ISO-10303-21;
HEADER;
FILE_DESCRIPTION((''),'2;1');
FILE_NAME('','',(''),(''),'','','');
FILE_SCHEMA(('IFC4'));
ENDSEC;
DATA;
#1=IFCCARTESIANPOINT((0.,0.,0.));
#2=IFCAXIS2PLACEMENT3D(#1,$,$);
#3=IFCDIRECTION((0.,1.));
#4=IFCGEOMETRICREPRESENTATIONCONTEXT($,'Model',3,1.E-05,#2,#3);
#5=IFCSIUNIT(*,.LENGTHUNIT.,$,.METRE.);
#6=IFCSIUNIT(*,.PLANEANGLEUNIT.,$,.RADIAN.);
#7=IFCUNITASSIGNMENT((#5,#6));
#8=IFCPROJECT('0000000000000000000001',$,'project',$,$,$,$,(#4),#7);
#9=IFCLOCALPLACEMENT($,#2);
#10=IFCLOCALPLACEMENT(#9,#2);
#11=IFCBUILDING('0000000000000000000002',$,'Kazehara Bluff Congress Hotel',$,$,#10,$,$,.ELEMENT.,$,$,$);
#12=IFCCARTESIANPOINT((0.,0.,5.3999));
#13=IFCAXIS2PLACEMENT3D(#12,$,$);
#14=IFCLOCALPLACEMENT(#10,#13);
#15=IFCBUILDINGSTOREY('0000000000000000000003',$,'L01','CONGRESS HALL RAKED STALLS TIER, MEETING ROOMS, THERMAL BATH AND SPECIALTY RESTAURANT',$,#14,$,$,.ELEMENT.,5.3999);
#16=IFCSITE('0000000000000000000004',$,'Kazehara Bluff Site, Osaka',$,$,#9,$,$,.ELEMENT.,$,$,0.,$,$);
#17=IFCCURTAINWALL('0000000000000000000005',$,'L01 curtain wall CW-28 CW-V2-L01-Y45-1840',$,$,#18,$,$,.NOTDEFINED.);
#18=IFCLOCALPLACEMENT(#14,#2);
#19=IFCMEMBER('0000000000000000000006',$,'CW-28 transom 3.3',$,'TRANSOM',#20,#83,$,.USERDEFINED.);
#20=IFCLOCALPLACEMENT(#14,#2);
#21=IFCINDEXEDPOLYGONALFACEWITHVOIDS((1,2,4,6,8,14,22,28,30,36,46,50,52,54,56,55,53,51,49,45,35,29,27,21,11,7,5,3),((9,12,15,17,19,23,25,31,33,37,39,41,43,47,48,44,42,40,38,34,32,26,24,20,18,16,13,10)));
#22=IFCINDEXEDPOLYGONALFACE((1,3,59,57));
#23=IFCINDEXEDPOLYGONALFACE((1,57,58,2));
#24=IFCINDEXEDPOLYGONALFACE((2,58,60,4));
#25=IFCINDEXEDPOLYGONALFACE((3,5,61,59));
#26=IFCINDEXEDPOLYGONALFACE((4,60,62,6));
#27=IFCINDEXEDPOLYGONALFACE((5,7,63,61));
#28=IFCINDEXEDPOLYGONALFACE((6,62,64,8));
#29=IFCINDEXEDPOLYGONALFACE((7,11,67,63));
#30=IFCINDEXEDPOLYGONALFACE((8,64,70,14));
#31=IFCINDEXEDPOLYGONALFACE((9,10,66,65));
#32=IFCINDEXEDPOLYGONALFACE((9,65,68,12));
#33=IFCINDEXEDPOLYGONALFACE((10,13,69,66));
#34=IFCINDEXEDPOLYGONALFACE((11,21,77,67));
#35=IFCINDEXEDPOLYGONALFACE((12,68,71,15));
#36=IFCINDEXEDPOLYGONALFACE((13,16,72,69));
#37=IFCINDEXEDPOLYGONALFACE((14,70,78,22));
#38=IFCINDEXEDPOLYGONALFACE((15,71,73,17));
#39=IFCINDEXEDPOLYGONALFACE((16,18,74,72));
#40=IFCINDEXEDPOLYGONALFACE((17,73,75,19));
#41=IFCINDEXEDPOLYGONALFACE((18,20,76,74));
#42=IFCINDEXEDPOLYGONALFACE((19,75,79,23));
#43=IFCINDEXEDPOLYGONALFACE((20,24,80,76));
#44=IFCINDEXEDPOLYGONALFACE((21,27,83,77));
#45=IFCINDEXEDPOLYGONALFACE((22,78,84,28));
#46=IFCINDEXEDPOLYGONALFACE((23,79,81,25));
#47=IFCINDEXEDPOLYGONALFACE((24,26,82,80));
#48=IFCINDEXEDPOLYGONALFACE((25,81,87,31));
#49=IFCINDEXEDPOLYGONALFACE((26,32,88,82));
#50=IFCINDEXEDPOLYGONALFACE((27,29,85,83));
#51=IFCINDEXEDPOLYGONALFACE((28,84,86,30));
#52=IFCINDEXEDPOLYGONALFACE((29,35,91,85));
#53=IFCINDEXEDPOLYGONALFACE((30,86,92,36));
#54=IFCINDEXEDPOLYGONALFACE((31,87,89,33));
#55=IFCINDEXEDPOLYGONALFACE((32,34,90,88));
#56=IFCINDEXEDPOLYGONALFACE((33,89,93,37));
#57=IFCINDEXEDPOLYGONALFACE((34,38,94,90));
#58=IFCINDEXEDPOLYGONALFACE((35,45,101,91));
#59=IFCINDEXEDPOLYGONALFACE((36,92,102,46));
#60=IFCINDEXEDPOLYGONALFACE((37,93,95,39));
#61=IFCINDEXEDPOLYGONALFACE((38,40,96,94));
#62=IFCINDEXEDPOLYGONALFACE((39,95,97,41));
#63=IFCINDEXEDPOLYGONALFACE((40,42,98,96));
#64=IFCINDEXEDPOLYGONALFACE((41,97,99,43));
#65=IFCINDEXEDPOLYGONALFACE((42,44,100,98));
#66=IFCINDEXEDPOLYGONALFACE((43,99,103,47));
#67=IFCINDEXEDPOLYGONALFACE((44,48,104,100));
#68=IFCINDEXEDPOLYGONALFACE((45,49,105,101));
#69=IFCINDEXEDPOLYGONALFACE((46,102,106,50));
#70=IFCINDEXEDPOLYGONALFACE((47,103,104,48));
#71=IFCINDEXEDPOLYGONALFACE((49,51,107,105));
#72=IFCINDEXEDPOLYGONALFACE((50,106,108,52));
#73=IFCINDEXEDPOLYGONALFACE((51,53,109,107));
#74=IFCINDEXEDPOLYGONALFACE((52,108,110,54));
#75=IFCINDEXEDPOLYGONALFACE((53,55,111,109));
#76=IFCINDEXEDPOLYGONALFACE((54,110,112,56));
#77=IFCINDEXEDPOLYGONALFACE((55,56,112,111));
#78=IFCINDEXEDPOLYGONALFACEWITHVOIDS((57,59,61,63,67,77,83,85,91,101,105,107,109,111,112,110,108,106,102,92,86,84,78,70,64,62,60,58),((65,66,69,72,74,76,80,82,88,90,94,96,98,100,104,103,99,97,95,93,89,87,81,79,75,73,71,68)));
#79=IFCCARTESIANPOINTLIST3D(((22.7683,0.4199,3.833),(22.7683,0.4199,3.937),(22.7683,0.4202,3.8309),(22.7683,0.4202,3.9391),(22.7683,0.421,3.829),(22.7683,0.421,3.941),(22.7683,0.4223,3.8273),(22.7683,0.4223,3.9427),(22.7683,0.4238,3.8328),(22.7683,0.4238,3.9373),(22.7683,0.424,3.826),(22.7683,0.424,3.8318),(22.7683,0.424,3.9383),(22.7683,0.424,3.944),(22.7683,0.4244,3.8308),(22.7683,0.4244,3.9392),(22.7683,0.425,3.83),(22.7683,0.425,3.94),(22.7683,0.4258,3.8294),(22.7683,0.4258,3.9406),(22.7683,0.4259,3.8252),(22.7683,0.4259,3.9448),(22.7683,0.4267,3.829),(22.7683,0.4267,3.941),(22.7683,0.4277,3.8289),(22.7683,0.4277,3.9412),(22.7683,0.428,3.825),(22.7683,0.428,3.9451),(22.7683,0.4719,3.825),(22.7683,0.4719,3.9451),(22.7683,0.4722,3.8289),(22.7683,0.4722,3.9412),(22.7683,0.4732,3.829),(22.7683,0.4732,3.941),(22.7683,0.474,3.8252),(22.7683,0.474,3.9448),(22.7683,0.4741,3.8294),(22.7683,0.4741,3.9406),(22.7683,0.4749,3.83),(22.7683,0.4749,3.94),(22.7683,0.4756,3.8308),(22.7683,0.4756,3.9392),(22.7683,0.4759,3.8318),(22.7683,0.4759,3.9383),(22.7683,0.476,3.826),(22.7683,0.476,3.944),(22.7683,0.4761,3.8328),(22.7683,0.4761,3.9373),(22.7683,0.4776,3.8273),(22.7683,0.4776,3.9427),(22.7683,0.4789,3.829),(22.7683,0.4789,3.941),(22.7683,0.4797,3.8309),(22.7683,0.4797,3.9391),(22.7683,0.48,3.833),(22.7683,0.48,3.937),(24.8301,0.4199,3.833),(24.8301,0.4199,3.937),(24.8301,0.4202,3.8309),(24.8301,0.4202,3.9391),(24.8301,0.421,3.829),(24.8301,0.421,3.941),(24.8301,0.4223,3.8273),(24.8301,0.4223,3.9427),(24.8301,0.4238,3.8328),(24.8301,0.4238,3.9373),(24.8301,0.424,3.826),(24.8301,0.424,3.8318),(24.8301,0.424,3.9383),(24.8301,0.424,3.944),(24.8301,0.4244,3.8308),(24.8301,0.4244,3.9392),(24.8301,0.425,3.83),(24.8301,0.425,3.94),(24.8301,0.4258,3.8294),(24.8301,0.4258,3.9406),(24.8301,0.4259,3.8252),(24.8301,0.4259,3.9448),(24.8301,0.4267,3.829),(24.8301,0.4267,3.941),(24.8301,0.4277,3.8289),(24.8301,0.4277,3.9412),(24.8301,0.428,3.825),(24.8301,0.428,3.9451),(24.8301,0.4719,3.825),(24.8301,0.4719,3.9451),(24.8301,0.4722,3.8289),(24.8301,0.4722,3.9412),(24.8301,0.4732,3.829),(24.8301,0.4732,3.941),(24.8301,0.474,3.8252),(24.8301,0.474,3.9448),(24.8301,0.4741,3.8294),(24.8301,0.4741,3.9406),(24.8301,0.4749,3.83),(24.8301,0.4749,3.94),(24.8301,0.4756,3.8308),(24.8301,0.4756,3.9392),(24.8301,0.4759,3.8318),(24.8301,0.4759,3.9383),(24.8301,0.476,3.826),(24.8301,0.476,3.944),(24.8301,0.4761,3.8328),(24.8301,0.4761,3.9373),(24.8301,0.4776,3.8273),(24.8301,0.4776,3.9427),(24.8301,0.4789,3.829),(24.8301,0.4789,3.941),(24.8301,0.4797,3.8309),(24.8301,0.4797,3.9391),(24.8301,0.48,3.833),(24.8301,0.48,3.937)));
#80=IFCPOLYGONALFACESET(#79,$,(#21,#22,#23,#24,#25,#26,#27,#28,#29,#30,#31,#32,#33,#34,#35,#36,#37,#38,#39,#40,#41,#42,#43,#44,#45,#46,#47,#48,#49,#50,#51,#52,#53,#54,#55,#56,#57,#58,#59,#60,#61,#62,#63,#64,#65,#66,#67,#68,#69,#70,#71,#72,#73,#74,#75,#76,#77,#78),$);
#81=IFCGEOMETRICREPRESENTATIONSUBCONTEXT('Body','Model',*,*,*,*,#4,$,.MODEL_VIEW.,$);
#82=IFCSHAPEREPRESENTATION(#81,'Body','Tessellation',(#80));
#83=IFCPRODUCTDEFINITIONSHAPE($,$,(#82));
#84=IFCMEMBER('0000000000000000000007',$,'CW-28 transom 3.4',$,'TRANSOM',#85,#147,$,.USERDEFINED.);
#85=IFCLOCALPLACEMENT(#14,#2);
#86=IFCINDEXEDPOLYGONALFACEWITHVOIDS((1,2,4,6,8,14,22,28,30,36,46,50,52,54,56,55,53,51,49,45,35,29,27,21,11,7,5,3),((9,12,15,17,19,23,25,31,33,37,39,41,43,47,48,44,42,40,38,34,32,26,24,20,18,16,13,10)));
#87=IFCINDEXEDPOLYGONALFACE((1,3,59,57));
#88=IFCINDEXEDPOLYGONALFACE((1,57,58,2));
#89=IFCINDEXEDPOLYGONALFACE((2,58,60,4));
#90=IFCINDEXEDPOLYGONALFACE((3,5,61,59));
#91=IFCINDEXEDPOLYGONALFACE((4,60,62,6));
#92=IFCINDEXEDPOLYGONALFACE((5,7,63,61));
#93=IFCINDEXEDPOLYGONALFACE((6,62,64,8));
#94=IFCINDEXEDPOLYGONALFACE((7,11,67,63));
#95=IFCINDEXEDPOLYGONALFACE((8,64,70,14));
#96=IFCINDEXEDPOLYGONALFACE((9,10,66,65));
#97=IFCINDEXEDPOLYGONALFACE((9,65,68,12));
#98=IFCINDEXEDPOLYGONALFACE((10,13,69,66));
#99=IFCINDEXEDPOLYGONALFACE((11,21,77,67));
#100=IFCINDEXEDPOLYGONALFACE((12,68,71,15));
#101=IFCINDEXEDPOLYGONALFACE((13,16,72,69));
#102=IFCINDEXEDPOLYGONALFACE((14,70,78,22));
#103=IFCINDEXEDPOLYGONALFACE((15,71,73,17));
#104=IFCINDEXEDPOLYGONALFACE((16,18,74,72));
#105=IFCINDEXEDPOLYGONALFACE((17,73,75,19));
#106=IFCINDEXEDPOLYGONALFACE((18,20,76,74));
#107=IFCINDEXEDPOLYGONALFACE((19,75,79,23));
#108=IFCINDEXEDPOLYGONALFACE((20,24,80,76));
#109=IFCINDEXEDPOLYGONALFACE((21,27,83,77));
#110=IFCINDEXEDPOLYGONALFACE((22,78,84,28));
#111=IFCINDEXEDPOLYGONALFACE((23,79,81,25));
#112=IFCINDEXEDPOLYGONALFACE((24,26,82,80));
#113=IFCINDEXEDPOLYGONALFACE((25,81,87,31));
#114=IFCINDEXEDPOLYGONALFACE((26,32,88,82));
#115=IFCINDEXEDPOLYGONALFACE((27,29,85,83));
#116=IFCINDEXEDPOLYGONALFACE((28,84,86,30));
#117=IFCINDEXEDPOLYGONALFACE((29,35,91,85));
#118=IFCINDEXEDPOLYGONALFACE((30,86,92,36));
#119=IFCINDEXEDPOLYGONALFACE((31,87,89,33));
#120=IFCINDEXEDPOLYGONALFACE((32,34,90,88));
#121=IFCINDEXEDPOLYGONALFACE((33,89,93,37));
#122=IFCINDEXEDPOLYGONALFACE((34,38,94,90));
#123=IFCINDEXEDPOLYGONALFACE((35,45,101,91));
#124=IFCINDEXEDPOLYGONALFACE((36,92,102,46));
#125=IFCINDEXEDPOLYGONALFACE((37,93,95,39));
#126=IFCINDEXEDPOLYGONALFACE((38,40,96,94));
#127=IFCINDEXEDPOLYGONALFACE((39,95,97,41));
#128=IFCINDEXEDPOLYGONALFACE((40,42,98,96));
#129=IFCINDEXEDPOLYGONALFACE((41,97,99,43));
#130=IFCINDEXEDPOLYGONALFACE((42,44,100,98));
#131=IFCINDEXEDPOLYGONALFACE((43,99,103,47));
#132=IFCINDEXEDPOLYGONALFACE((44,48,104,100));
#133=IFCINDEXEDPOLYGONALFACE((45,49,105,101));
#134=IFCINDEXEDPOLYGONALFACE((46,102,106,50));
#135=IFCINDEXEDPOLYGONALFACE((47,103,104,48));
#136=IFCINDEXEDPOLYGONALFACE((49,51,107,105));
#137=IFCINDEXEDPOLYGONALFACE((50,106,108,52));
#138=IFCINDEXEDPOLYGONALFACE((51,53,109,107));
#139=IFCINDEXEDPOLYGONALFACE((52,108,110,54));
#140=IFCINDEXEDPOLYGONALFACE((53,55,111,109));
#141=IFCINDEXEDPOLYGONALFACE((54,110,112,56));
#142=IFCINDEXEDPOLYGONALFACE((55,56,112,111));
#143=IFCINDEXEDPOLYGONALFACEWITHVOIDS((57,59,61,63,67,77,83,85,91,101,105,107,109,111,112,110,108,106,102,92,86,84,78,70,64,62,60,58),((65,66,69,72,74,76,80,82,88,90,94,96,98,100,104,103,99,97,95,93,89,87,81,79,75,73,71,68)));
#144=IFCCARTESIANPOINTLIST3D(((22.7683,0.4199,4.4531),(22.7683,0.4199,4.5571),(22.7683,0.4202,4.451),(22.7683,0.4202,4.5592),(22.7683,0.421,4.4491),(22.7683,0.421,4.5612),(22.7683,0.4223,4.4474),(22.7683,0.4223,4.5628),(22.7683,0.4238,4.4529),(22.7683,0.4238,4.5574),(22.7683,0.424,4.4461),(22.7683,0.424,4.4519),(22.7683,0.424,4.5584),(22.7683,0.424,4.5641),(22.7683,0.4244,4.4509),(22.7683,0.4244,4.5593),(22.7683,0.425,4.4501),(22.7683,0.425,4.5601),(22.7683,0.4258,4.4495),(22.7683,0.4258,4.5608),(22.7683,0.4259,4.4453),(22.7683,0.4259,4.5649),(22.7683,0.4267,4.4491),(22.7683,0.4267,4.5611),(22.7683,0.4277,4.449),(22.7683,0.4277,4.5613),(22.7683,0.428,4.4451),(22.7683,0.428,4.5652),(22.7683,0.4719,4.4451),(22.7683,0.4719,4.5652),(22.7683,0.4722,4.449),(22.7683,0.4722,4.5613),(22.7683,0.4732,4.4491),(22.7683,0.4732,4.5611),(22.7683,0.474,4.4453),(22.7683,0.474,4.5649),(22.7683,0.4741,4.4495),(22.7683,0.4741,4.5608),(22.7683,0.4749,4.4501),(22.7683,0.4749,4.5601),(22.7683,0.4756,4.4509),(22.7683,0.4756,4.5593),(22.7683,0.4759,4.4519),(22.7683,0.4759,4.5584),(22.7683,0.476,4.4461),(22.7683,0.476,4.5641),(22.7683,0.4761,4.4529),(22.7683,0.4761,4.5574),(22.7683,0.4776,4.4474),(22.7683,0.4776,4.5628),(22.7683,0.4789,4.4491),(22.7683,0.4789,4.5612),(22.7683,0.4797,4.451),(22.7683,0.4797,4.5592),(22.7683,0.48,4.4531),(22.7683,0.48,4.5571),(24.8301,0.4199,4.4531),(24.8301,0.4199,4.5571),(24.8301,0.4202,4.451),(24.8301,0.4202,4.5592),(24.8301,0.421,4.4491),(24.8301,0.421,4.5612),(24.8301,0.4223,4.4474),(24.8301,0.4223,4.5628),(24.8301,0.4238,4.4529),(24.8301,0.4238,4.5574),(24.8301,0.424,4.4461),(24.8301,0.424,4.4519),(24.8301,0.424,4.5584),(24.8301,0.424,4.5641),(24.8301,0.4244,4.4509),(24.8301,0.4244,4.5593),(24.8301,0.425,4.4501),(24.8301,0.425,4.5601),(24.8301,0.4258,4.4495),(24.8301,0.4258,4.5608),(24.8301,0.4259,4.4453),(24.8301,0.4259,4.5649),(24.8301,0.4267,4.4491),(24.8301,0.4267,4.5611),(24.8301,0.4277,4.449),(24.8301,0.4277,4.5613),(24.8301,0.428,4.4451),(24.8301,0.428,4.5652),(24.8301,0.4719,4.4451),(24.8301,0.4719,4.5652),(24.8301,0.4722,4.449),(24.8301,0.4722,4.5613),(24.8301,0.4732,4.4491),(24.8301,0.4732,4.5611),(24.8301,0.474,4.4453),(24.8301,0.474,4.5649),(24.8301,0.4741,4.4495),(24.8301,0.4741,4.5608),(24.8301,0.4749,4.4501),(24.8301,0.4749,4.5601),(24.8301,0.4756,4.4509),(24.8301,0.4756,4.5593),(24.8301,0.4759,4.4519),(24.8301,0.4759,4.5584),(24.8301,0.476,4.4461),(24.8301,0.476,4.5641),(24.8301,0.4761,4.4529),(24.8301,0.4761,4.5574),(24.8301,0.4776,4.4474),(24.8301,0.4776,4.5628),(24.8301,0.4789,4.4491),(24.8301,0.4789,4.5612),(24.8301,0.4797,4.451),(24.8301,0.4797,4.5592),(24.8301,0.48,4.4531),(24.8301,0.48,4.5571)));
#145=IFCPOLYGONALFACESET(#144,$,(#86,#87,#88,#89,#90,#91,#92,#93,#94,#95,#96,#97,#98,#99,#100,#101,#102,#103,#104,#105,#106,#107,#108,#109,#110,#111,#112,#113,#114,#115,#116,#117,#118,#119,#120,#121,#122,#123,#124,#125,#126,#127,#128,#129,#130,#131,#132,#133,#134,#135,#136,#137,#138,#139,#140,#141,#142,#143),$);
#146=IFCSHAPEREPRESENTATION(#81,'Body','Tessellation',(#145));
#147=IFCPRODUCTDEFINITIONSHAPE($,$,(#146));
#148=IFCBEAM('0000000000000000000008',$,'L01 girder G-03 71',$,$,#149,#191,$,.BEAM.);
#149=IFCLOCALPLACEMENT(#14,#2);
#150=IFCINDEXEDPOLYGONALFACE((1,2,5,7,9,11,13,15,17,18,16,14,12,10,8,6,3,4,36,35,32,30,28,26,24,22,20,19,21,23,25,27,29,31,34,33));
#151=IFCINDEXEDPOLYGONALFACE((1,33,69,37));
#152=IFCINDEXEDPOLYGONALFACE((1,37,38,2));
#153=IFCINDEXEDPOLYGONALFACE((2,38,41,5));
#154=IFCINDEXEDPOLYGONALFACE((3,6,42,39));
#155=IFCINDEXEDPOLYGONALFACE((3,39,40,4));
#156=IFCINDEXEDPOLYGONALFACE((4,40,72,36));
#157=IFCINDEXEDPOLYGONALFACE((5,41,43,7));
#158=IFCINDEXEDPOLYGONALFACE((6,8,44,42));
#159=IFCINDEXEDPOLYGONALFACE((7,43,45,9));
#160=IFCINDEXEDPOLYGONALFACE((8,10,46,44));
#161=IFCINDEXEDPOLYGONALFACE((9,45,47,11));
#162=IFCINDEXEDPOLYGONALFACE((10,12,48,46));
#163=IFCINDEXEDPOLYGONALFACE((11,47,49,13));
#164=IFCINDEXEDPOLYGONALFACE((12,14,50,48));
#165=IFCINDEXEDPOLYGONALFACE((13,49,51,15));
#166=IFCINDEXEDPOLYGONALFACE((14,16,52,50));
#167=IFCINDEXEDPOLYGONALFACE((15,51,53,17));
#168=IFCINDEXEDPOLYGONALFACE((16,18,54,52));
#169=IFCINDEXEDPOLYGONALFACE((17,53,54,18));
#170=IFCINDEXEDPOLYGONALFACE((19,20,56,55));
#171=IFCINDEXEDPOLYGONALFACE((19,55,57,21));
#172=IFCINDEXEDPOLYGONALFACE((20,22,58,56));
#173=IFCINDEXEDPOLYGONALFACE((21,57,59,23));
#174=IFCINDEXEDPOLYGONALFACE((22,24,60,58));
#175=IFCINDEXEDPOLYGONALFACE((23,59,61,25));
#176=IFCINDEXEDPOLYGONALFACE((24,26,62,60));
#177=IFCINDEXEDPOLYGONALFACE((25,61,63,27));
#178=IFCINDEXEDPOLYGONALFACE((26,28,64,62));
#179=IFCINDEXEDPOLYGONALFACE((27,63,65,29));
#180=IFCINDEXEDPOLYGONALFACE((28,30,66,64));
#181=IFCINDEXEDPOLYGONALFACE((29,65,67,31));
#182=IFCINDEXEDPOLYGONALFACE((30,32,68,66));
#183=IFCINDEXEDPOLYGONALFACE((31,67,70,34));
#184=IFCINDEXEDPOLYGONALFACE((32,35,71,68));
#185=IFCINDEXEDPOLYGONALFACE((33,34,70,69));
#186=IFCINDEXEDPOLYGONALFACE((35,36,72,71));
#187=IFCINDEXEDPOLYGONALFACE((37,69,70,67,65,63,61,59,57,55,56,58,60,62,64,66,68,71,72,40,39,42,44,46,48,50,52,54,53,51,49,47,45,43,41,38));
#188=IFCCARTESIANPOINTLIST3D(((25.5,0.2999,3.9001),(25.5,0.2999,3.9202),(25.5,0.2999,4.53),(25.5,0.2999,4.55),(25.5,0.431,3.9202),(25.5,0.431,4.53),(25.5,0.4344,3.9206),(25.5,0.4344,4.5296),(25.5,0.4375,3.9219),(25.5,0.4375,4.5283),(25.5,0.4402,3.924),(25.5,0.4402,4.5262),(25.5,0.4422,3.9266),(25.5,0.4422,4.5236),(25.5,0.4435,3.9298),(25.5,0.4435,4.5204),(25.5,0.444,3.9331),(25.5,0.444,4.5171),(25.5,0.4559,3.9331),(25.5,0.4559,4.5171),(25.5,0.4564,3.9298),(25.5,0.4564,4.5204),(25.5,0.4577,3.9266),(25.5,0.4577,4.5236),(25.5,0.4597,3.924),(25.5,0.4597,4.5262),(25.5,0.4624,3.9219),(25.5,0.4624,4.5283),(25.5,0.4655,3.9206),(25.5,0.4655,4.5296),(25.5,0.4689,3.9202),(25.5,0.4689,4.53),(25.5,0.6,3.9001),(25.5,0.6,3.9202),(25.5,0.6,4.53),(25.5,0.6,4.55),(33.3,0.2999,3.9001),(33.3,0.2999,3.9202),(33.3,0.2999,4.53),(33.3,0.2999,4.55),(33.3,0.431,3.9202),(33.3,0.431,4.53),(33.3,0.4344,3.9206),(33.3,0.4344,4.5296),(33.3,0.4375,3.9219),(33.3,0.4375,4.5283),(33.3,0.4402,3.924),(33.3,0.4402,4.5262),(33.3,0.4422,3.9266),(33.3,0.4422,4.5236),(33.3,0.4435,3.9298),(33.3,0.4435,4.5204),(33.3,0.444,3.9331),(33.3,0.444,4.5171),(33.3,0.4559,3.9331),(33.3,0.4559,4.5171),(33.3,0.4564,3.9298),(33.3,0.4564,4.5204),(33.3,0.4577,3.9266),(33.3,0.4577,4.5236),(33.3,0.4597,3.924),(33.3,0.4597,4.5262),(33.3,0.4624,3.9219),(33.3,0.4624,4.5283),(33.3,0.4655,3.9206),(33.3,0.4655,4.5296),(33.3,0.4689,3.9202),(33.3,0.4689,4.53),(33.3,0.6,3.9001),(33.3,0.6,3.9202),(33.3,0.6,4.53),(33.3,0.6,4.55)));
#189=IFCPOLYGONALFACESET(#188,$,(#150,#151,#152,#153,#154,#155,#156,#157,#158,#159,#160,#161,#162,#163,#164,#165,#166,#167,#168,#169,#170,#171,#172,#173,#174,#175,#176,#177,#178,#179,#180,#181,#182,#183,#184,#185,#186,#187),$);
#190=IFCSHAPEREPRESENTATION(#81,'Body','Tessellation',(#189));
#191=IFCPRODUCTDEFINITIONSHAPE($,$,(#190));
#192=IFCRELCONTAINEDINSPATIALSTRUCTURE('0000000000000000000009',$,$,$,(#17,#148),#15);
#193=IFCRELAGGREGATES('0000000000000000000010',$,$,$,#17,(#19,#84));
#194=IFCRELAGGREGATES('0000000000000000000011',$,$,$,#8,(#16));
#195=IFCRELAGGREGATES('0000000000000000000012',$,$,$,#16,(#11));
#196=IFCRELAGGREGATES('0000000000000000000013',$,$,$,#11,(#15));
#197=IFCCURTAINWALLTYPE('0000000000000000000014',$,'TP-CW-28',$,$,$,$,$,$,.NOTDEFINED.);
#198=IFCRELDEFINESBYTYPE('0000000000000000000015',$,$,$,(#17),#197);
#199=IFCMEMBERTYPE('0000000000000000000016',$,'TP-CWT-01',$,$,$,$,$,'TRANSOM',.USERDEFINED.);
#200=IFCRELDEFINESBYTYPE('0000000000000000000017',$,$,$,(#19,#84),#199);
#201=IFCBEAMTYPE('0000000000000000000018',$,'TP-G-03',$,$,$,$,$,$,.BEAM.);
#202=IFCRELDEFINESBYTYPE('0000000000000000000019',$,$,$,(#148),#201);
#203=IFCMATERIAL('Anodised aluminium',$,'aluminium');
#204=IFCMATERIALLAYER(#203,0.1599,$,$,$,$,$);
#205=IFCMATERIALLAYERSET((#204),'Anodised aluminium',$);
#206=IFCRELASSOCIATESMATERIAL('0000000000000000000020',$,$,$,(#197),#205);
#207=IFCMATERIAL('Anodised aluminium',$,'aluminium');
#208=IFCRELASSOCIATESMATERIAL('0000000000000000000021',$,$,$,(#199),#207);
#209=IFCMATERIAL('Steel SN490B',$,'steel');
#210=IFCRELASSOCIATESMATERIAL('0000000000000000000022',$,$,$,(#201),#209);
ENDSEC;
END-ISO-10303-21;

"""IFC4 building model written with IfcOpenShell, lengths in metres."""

from ifc_helpers import new_model, si_unit, direction, frame, origin, origin_2d, place, context, subcontext, project, spatial, hollow_rectangle, i_section, extrude, material, layer, layer_set, material_profile, profile_set, type_object, element, aggregate, save


model = new_model("IFC4")

# Units and contexts
model_context = context("Model", 3, precision=1e-05, world=origin(), true_north=direction((0.0, 1.0)))
body_context = subcontext(model_context, "Body", "Model", "MODEL_VIEW")
ifc_project = project(units=[si_unit("LENGTHUNIT", "METRE"), si_unit("PLANEANGLEUNIT", "RADIAN")], contexts=[model_context])

# Site, building, storey
site_placement = place(None, origin())
site = spatial("IfcSite", under=ifc_project, at=site_placement, Name="Kazehara Bluff Site, Osaka", CompositionType="ELEMENT", RefElevation=0.0)
building_placement = place(site_placement, origin())
building = spatial("IfcBuilding", under=site, at=building_placement, Name="Kazehara Bluff Congress Hotel", CompositionType="ELEMENT")
storey_placement = place(building_placement, frame((0.0, 0.0, 5.3999)))
storey = spatial("IfcBuildingStorey", under=building, at=storey_placement, Name="L01", Description="CONGRESS HALL RAKED STALLS TIER, MEETING ROOMS, THERMAL BATH AND SPECIALTY RESTAURANT", CompositionType="ELEMENT", Elevation=5.3999)

# Curtain wall, members
ifc_material_1 = material(Name="Anodised aluminium", Category="aluminium")
ifc_layer_1 = layer(ifc_material_1, 0.1599)
ifc_layer_set_1 = layer_set([ifc_layer_1], Name="Anodised aluminium")
curtain_wall_type_1 = type_object("IfcCurtainWallType", Name="TP-CW-28", PredefinedType="NOTDEFINED", material=ifc_layer_set_1)
curtain_wall_1_placement = place(storey_placement, origin())
curtain_wall_1 = element("IfcCurtainWall", 1, at=curtain_wall_1_placement, inside=storey, type_object=curtain_wall_type_1, Name="L01 curtain wall CW-28 CW-V2-L01-Y45-1840", PredefinedType="NOTDEFINED")
ifc_material_2 = material(Name="Anodised aluminium", Category="aluminium")
ifc_material_profile_1 = material_profile(ifc_material_2, hollow_rectangle(XDim=0.0601, YDim=0.1201, WallThickness=0.0039, InnerFilletRadius=0.0039, OuterFilletRadius=0.0081, at=origin_2d()))
ifc_profile_set_1 = profile_set([ifc_material_profile_1], Name="Anodised aluminium")
member_type_1 = type_object("IfcMemberType", Name="TP-CWT-01", ElementType="TRANSOM", PredefinedType="USERDEFINED", material=ifc_profile_set_1)
member_1_placement = place(storey_placement, frame((22.7683, 0.45, 3.885), z_axis=(1.0, 0.0, 0.0), x_axis=(0.0, 1.0, 0.0)))
member_1 = element("IfcMember", 2, at=member_1_placement, type_object=member_type_1, Name="CW-28 transom 3.3", ObjectType="TRANSOM", PredefinedType="USERDEFINED", context=body_context, shape_type="SweptSolid", body=[
    extrude(hollow_rectangle(XDim=0.0601, YDim=0.1201, WallThickness=0.0039, InnerFilletRadius=0.0039, OuterFilletRadius=0.0081, at=origin_2d()), origin(), (0.0, 0.0, 1.0), 2.0618),
])
member_2_placement = place(storey_placement, frame((22.7683, 0.45, 4.5051), z_axis=(1.0, 0.0, 0.0), x_axis=(0.0, 1.0, 0.0)))
member_2 = element("IfcMember", 3, at=member_2_placement, type_object=member_type_1, Name="CW-28 transom 3.4", ObjectType="TRANSOM", PredefinedType="USERDEFINED", context=body_context, shape_type="SweptSolid", body=[
    extrude(hollow_rectangle(XDim=0.0601, YDim=0.1201, WallThickness=0.0039, InnerFilletRadius=0.0039, OuterFilletRadius=0.0081, at=origin_2d()), origin(), (0.0, 0.0, 1.0), 2.0618),
])

# Beam
ifc_material_3 = material(Name="Steel SN490B", Category="steel")
ifc_material_profile_2 = material_profile(ifc_material_3, i_section(OverallWidth=0.3, OverallDepth=0.6499, WebThickness=0.012, FlangeThickness=0.02, FilletRadius=0.0129, at=origin_2d()))
ifc_profile_set_2 = profile_set([ifc_material_profile_2], Name="Steel SN490B")
beam_type = type_object("IfcBeamType", Name="TP-G-03", PredefinedType="BEAM", material=ifc_profile_set_2)
beam_placement = place(storey_placement, frame((25.5, 0.45, 4.2251), z_axis=(1.0, 0.0, 0.0), x_axis=(0.0, 1.0, 0.0)))
element("IfcBeam", 4, at=beam_placement, inside=storey, type_object=beam_type, Name="L01 girder G-03 71", PredefinedType="BEAM", context=body_context, shape_type="SweptSolid", body=[
    extrude(i_section(OverallWidth=0.3, OverallDepth=0.6499, WebThickness=0.012, FlangeThickness=0.02, FilletRadius=0.0129, at=origin_2d()), origin(), (0.0, 0.0, 1.0), 7.8),
])

aggregate(curtain_wall_1, [member_1, member_2])

save(model, "model.ifc")
